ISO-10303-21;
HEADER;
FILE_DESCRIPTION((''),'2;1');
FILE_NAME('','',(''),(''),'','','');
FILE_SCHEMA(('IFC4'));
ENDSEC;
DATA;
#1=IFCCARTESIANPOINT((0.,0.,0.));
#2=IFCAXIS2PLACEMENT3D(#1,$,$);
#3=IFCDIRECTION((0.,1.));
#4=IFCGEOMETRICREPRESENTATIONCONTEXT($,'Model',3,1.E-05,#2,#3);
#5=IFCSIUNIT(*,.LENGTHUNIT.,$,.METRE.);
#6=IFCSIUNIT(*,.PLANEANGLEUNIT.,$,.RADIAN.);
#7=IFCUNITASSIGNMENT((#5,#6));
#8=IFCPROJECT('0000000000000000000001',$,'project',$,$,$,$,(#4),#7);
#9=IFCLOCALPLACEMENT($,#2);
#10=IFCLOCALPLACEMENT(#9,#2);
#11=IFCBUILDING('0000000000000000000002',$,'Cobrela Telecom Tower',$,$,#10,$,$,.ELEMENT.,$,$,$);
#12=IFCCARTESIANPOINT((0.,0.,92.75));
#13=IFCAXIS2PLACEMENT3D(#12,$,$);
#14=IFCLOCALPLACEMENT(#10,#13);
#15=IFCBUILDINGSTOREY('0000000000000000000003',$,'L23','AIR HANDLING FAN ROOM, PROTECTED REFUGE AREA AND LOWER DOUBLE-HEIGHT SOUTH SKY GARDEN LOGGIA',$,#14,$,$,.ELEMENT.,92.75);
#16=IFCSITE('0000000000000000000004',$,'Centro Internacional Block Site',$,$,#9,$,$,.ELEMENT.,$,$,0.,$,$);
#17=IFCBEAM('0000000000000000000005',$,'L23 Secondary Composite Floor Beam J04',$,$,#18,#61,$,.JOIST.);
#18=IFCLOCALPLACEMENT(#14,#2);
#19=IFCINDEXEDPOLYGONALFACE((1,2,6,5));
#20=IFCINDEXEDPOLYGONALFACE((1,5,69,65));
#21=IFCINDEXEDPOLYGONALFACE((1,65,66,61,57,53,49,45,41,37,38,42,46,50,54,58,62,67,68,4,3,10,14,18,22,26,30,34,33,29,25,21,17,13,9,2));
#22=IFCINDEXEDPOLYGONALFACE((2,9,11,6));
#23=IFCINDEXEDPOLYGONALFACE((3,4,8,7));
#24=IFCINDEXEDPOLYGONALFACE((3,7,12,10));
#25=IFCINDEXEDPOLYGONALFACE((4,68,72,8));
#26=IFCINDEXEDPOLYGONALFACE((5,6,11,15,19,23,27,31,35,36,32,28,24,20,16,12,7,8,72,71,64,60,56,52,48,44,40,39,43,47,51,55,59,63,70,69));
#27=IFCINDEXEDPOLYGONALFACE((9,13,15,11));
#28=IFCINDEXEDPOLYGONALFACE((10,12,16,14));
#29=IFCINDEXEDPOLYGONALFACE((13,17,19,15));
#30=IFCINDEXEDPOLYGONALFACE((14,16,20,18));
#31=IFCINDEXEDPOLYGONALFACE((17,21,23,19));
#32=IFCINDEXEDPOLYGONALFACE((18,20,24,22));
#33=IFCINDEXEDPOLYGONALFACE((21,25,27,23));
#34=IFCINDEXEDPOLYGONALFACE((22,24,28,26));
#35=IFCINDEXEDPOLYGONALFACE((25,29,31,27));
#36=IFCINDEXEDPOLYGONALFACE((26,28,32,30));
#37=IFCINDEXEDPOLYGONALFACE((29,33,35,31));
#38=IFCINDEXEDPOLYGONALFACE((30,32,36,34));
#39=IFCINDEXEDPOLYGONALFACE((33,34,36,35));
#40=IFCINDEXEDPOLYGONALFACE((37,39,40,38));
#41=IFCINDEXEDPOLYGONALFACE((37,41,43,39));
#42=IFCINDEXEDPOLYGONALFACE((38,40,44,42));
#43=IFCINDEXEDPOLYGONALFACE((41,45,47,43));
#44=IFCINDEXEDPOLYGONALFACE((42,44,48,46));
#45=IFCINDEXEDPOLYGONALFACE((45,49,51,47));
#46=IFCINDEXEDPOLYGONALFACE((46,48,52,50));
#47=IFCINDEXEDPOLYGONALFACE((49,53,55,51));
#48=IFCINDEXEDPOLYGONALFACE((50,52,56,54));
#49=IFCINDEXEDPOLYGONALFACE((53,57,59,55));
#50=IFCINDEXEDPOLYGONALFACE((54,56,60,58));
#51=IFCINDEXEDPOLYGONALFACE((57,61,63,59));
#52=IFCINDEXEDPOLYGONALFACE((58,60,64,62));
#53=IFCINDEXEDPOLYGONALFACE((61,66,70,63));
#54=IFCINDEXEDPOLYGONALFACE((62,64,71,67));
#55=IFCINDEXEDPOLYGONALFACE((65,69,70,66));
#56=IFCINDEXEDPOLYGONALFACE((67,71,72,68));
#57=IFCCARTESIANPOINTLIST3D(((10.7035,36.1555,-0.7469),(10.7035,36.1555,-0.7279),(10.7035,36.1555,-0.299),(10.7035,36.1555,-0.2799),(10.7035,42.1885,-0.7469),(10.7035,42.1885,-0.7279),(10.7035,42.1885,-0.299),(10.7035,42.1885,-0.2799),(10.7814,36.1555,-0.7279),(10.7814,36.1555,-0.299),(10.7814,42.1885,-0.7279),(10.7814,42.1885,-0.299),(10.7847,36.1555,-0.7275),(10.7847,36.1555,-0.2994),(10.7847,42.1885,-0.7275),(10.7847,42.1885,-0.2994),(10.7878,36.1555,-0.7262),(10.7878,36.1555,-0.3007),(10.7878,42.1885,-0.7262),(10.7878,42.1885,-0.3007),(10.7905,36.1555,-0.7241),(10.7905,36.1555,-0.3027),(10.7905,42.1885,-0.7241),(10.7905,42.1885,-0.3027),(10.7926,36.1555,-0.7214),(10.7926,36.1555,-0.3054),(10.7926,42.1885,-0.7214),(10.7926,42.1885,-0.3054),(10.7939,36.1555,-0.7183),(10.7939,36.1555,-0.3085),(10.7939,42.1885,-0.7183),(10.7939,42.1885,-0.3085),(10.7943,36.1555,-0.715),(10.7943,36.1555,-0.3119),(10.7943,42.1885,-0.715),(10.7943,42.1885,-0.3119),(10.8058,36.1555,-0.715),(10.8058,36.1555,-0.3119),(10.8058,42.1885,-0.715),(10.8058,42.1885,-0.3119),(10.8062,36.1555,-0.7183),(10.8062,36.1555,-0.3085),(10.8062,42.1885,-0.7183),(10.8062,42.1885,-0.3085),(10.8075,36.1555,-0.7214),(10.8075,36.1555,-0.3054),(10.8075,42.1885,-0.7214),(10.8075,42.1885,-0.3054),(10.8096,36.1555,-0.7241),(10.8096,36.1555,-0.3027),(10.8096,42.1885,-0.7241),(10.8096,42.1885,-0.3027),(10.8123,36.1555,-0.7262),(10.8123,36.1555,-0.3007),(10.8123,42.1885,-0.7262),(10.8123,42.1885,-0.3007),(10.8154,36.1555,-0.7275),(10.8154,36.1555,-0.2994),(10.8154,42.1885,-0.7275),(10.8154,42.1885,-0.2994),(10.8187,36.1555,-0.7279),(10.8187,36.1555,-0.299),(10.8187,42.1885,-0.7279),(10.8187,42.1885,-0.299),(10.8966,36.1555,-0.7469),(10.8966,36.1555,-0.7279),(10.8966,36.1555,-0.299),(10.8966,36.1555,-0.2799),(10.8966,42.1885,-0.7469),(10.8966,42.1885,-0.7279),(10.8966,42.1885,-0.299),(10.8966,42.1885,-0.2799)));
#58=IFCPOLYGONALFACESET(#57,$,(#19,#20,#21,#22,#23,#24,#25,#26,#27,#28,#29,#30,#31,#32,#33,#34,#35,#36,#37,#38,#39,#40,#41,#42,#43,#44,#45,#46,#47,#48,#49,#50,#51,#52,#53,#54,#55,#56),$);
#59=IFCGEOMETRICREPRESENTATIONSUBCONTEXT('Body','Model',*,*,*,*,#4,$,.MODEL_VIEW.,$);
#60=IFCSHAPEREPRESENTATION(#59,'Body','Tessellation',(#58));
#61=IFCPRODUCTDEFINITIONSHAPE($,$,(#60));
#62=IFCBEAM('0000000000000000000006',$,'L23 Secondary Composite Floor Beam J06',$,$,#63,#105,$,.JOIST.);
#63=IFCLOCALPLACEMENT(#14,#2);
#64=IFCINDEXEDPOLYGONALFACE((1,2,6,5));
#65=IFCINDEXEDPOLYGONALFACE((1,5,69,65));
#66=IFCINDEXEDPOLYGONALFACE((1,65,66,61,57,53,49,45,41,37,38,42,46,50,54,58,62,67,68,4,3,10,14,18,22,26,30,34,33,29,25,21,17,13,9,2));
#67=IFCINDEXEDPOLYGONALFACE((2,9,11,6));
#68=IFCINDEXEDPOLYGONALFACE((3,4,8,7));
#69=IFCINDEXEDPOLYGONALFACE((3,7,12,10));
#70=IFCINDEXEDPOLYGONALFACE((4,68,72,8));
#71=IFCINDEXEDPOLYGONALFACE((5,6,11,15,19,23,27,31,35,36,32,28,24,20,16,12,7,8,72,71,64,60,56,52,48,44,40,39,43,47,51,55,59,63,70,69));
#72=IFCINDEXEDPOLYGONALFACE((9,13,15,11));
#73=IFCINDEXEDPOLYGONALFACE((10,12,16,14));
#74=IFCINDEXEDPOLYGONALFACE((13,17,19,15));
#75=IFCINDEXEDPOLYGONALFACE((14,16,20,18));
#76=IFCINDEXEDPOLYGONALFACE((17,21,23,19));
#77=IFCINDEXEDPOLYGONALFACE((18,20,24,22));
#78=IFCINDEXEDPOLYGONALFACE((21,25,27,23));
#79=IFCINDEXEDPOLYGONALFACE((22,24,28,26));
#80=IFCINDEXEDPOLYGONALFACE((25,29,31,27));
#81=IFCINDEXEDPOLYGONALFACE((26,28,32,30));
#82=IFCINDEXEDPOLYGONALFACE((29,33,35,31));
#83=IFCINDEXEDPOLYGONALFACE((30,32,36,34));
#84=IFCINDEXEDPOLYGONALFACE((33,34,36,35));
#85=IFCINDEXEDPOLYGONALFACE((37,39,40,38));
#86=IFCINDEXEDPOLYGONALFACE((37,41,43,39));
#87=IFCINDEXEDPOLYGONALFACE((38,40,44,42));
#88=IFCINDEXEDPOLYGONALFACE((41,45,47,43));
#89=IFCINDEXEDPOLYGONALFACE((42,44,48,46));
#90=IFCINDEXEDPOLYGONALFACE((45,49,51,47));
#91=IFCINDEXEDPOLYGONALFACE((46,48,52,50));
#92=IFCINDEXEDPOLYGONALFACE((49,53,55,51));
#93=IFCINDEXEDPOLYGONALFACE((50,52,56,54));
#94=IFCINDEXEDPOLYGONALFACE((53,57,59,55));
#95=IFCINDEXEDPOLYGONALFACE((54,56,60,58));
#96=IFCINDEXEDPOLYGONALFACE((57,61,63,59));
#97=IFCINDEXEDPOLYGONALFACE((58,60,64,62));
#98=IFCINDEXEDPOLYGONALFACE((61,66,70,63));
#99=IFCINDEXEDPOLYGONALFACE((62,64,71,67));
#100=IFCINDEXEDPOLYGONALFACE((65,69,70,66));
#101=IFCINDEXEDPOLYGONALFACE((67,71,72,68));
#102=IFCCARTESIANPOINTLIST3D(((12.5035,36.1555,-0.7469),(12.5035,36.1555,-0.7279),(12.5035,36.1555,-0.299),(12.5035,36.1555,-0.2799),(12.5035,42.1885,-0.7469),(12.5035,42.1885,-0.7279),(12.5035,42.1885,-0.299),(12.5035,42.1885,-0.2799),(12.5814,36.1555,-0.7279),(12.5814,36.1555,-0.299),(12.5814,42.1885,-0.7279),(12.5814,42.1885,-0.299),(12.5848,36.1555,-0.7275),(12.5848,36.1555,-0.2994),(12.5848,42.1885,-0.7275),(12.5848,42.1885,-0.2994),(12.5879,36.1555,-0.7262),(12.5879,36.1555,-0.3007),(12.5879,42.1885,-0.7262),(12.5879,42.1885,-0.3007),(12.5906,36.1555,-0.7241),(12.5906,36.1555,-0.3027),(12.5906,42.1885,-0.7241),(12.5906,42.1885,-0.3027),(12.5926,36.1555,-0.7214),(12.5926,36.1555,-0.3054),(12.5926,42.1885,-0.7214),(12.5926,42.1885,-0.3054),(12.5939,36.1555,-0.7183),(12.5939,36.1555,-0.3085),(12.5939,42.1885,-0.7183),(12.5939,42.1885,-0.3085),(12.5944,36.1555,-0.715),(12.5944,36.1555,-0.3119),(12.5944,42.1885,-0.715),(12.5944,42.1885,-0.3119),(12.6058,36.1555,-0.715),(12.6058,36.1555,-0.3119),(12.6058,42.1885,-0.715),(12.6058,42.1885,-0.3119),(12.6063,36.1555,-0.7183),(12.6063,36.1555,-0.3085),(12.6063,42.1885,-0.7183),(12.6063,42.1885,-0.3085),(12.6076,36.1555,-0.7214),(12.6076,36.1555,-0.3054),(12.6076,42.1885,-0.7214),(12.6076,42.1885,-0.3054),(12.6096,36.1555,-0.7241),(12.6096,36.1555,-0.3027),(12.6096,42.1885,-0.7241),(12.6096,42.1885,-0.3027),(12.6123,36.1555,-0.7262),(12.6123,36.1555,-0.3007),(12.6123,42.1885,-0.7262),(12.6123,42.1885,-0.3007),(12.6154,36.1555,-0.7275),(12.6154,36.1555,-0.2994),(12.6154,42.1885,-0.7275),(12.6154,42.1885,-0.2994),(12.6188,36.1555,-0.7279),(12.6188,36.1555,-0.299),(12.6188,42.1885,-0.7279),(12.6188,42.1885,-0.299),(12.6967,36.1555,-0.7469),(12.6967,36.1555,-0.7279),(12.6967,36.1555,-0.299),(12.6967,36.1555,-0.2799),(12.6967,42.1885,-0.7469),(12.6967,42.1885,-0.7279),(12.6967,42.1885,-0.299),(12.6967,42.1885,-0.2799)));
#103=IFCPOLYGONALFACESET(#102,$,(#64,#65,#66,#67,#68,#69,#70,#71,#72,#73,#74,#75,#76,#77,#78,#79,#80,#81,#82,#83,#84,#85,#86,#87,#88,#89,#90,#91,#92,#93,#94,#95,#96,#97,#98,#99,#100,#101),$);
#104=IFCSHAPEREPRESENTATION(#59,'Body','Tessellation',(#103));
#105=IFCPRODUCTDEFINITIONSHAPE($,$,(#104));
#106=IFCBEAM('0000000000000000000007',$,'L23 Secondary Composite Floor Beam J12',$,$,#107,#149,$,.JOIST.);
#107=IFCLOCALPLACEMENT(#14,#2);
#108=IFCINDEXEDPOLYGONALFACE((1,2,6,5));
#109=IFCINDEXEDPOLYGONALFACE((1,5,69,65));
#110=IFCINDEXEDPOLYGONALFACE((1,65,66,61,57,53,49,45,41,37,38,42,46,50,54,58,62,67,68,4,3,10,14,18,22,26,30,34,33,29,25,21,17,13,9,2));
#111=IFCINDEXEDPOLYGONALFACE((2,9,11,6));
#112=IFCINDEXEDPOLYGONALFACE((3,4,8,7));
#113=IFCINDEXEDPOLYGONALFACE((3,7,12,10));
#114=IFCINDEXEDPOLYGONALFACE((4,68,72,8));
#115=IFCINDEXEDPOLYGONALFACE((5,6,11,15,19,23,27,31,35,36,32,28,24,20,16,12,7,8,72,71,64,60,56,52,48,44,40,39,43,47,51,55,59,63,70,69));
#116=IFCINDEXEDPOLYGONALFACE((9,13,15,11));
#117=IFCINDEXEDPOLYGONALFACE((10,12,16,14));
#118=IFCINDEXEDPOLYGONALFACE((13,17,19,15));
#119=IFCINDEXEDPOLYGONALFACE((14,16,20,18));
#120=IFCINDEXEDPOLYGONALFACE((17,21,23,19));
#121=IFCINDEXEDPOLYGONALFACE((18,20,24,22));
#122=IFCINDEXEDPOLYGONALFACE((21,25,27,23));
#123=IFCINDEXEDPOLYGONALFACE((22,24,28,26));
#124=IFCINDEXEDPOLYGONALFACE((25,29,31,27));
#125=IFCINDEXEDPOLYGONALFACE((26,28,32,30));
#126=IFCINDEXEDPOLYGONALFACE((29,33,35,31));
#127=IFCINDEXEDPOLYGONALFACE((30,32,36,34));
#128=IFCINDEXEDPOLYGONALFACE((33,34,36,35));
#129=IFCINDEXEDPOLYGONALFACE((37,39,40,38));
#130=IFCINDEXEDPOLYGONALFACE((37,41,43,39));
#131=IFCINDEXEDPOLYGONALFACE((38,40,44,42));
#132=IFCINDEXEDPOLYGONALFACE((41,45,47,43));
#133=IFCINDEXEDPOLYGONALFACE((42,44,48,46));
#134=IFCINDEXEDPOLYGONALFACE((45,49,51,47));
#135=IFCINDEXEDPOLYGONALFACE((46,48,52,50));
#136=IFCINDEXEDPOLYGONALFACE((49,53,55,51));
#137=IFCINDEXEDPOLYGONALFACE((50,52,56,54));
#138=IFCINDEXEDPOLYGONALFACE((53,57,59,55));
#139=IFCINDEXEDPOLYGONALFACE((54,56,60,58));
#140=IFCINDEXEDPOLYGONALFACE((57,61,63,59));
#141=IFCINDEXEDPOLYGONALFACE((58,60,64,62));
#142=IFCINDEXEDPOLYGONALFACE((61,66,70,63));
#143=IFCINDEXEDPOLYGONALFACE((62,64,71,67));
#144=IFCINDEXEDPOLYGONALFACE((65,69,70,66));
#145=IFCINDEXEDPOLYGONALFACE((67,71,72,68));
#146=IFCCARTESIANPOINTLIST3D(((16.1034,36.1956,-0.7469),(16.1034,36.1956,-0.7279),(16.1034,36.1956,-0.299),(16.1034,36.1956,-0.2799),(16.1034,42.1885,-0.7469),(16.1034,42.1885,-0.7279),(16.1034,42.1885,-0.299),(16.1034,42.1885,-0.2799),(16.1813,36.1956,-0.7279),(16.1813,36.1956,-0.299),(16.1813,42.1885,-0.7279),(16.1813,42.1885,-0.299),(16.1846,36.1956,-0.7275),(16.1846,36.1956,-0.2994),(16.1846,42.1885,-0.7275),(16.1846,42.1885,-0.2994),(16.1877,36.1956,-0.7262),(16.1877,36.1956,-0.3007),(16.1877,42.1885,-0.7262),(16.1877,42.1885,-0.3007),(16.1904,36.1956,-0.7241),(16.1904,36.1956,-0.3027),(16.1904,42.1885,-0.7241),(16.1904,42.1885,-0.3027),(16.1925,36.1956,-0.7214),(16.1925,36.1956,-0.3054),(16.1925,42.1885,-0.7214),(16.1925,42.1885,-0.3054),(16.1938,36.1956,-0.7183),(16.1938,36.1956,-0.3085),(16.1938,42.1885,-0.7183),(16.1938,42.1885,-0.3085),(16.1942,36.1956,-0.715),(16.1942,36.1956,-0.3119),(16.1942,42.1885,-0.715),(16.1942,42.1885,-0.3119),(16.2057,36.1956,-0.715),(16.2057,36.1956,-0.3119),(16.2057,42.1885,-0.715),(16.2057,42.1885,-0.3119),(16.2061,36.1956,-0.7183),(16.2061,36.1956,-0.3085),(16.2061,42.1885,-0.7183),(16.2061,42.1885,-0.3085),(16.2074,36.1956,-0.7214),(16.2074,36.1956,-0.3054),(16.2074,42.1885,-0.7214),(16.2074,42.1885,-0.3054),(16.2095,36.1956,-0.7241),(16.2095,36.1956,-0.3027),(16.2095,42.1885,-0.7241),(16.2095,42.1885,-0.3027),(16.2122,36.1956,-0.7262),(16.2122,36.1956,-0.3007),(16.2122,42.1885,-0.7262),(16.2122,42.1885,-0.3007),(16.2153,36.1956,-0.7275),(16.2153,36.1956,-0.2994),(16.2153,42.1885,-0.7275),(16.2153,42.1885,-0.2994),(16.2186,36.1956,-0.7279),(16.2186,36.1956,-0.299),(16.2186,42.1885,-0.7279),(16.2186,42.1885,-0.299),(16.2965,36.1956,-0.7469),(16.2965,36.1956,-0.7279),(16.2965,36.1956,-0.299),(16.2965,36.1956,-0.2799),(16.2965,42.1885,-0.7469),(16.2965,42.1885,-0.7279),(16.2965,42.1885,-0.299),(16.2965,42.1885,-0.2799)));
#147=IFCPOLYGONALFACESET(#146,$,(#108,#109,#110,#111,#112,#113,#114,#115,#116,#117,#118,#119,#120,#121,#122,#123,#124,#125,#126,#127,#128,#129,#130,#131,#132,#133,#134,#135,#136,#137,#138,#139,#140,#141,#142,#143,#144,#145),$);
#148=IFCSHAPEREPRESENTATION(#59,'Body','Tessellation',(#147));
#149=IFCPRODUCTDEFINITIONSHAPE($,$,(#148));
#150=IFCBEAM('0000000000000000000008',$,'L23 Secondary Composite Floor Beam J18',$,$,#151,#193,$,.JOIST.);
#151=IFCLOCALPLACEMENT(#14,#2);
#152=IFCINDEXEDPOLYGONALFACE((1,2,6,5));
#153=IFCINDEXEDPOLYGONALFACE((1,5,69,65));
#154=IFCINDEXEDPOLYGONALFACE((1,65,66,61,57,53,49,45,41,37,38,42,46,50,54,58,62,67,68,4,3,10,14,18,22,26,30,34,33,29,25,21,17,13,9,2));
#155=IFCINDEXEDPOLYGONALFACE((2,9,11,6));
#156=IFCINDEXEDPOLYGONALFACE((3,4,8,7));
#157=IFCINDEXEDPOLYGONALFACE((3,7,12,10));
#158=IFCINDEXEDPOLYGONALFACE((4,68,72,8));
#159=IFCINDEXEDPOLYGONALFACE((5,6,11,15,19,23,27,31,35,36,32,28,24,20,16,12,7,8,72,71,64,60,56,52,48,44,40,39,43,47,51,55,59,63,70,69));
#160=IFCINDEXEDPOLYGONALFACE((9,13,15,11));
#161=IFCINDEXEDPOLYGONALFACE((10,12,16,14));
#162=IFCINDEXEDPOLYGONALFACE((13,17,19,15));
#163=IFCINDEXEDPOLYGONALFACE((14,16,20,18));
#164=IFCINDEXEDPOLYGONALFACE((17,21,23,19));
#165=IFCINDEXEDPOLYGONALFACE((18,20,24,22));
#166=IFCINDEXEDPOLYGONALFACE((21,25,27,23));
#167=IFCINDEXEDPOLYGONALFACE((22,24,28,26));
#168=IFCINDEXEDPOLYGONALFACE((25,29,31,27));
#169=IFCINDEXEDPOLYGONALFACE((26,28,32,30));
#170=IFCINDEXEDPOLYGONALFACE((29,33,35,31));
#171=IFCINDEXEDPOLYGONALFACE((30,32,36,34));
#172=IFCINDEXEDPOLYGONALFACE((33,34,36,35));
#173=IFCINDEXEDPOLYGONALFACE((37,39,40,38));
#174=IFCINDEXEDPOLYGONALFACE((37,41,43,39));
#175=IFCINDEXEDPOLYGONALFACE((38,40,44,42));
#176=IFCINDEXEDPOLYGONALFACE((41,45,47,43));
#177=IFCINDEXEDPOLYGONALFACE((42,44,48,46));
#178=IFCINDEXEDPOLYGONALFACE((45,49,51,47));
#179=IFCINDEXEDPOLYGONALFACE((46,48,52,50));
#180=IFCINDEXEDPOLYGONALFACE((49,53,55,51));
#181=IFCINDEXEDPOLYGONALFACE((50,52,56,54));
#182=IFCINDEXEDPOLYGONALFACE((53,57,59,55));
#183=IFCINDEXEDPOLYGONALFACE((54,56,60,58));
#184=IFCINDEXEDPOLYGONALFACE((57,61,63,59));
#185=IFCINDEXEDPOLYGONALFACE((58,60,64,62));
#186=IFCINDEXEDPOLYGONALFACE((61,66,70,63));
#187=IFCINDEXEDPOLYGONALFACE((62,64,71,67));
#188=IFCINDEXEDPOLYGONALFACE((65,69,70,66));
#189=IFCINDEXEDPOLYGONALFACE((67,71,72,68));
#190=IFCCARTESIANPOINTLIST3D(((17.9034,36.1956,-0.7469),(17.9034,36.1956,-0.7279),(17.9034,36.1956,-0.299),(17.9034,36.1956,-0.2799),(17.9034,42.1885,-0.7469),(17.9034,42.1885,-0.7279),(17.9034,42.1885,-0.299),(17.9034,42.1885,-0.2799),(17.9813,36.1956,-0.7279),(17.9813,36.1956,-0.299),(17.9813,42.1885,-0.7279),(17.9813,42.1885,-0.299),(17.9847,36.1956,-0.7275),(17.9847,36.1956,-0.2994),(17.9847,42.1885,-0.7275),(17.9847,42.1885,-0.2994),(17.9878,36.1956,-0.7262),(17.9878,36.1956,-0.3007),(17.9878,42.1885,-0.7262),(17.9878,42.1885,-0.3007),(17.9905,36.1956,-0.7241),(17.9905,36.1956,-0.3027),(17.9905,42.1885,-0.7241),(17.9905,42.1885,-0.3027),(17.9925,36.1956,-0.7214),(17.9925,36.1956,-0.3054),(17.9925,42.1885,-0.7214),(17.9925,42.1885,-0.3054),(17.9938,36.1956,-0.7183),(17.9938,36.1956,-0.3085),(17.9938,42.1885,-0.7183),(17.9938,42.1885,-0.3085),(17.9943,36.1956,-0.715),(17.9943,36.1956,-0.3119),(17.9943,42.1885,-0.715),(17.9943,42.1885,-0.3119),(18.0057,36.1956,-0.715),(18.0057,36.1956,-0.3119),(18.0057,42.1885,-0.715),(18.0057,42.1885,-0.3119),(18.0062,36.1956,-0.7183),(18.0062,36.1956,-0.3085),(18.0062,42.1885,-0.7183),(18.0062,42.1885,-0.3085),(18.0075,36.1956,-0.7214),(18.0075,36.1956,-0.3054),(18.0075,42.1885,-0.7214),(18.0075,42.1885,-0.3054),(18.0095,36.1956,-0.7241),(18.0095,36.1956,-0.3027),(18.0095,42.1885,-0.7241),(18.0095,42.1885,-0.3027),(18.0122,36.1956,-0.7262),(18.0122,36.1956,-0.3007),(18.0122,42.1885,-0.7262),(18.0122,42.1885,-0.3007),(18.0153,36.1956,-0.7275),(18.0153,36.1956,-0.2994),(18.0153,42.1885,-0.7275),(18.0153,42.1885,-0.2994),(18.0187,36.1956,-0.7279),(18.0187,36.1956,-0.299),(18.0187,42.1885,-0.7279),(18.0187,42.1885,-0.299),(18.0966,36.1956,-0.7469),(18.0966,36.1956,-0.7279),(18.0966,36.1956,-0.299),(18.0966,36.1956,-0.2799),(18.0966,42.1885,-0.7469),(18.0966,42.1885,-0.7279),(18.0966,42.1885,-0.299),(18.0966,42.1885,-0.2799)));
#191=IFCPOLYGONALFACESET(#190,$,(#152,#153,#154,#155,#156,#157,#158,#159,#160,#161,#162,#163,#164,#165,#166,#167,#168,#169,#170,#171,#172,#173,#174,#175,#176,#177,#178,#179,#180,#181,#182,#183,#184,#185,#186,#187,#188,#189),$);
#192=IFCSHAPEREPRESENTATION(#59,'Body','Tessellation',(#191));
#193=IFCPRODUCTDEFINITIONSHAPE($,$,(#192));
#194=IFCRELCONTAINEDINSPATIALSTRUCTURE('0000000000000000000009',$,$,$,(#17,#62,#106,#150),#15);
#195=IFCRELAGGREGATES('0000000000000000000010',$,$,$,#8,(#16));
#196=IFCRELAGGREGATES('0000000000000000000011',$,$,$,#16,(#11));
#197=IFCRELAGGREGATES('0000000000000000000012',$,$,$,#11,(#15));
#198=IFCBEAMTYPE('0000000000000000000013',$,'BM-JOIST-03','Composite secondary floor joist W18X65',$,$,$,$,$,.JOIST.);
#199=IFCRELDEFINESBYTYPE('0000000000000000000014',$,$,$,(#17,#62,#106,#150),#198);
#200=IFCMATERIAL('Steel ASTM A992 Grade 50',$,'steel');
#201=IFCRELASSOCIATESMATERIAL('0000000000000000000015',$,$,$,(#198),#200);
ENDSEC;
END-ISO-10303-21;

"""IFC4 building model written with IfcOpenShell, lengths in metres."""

from ifc_helpers import new_model, si_unit, direction, frame, origin, origin_2d, place, context, subcontext, project, spatial, i_section, extrude, material, material_profile, profile_set, type_object, element, save


model = new_model("IFC4")

# Units and contexts
model_context = context("Model", 3, precision=1e-05, world=origin(), true_north=direction((0.0, 1.0)))
body_context = subcontext(model_context, "Body", "Model", "MODEL_VIEW")
ifc_project = project(units=[si_unit("LENGTHUNIT", "METRE"), si_unit("PLANEANGLEUNIT", "RADIAN")], contexts=[model_context])

# Site, building, storey
site_placement = place(None, origin())
site = spatial("IfcSite", under=ifc_project, at=site_placement, Name="Centro Internacional Block Site", CompositionType="ELEMENT", RefElevation=0.0)
building_placement = place(site_placement, origin())
building = spatial("IfcBuilding", under=site, at=building_placement, Name="Cobrela Telecom Tower", CompositionType="ELEMENT")
storey_placement = place(building_placement, frame((0.0, 0.0, 92.75)))
storey = spatial("IfcBuildingStorey", under=building, at=storey_placement, Name="L23", Description="AIR HANDLING FAN ROOM, PROTECTED REFUGE AREA AND LOWER DOUBLE-HEIGHT SOUTH SKY GARDEN LOGGIA", CompositionType="ELEMENT", Elevation=92.75)

# Shared definitions
ifc_material_1 = material(Name="Steel ASTM A992 Grade 50", Category="steel")

# Beams
ifc_material_profile_1 = material_profile(ifc_material_1, i_section(OverallWidth=0.1931, OverallDepth=0.467, WebThickness=0.0115, FlangeThickness=0.019, FilletRadius=0.0129, at=origin_2d()), Name="W18X65")
ifc_profile_set_1 = profile_set([ifc_material_profile_1], Name="Steel ASTM A992 Grade 50")
beam_type_1 = type_object("IfcBeamType", Name="BM-JOIST-03", Description="Composite secondary floor joist W18X65", PredefinedType="JOIST", material=ifc_profile_set_1)
for number, where, z_axis, x_axis, name in (
    (1, (10.8, 36.1555, -0.5134), (0.0, 1.0, 0.0), (-1.0, 0.0, 0.0), "L23 Secondary Composite Floor Beam J04"),
    (2, (12.6001, 36.1555, -0.5134), (0.0, 1.0, 0.0), (-1.0, 0.0, 0.0), "L23 Secondary Composite Floor Beam J06"),
):
    element("IfcBeam", number, at=place(storey_placement, frame(where, z_axis=z_axis, x_axis=x_axis)), inside=storey, type_object=beam_type_1, Name=name, PredefinedType="JOIST", context=body_context, shape_type="SweptSolid", body=[
        extrude(i_section(OverallWidth=0.1931, OverallDepth=0.467, WebThickness=0.0115, FlangeThickness=0.019, FilletRadius=0.0129, at=origin_2d()), origin(), (0.0, 0.0, 1.0), 6.033),
    ])
for number, where, z_axis, x_axis, name in (
    (3, (16.2, 36.1956, -0.5134), (0.0, 1.0, 0.0), (-1.0, 0.0, 0.0), "L23 Secondary Composite Floor Beam J12"),
    (4, (18.0, 36.1956, -0.5134), (0.0, 1.0, 0.0), (-1.0, 0.0, 0.0), "L23 Secondary Composite Floor Beam J18"),
):
    element("IfcBeam", number, at=place(storey_placement, frame(where, z_axis=z_axis, x_axis=x_axis)), inside=storey, type_object=beam_type_1, Name=name, PredefinedType="JOIST", context=body_context, shape_type="SweptSolid", body=[
        extrude(i_section(OverallWidth=0.1931, OverallDepth=0.467, WebThickness=0.0115, FlangeThickness=0.019, FilletRadius=0.0129, at=origin_2d()), origin(), (0.0, 0.0, 1.0), 5.9929),
    ])

save(model, "model.ifc")
